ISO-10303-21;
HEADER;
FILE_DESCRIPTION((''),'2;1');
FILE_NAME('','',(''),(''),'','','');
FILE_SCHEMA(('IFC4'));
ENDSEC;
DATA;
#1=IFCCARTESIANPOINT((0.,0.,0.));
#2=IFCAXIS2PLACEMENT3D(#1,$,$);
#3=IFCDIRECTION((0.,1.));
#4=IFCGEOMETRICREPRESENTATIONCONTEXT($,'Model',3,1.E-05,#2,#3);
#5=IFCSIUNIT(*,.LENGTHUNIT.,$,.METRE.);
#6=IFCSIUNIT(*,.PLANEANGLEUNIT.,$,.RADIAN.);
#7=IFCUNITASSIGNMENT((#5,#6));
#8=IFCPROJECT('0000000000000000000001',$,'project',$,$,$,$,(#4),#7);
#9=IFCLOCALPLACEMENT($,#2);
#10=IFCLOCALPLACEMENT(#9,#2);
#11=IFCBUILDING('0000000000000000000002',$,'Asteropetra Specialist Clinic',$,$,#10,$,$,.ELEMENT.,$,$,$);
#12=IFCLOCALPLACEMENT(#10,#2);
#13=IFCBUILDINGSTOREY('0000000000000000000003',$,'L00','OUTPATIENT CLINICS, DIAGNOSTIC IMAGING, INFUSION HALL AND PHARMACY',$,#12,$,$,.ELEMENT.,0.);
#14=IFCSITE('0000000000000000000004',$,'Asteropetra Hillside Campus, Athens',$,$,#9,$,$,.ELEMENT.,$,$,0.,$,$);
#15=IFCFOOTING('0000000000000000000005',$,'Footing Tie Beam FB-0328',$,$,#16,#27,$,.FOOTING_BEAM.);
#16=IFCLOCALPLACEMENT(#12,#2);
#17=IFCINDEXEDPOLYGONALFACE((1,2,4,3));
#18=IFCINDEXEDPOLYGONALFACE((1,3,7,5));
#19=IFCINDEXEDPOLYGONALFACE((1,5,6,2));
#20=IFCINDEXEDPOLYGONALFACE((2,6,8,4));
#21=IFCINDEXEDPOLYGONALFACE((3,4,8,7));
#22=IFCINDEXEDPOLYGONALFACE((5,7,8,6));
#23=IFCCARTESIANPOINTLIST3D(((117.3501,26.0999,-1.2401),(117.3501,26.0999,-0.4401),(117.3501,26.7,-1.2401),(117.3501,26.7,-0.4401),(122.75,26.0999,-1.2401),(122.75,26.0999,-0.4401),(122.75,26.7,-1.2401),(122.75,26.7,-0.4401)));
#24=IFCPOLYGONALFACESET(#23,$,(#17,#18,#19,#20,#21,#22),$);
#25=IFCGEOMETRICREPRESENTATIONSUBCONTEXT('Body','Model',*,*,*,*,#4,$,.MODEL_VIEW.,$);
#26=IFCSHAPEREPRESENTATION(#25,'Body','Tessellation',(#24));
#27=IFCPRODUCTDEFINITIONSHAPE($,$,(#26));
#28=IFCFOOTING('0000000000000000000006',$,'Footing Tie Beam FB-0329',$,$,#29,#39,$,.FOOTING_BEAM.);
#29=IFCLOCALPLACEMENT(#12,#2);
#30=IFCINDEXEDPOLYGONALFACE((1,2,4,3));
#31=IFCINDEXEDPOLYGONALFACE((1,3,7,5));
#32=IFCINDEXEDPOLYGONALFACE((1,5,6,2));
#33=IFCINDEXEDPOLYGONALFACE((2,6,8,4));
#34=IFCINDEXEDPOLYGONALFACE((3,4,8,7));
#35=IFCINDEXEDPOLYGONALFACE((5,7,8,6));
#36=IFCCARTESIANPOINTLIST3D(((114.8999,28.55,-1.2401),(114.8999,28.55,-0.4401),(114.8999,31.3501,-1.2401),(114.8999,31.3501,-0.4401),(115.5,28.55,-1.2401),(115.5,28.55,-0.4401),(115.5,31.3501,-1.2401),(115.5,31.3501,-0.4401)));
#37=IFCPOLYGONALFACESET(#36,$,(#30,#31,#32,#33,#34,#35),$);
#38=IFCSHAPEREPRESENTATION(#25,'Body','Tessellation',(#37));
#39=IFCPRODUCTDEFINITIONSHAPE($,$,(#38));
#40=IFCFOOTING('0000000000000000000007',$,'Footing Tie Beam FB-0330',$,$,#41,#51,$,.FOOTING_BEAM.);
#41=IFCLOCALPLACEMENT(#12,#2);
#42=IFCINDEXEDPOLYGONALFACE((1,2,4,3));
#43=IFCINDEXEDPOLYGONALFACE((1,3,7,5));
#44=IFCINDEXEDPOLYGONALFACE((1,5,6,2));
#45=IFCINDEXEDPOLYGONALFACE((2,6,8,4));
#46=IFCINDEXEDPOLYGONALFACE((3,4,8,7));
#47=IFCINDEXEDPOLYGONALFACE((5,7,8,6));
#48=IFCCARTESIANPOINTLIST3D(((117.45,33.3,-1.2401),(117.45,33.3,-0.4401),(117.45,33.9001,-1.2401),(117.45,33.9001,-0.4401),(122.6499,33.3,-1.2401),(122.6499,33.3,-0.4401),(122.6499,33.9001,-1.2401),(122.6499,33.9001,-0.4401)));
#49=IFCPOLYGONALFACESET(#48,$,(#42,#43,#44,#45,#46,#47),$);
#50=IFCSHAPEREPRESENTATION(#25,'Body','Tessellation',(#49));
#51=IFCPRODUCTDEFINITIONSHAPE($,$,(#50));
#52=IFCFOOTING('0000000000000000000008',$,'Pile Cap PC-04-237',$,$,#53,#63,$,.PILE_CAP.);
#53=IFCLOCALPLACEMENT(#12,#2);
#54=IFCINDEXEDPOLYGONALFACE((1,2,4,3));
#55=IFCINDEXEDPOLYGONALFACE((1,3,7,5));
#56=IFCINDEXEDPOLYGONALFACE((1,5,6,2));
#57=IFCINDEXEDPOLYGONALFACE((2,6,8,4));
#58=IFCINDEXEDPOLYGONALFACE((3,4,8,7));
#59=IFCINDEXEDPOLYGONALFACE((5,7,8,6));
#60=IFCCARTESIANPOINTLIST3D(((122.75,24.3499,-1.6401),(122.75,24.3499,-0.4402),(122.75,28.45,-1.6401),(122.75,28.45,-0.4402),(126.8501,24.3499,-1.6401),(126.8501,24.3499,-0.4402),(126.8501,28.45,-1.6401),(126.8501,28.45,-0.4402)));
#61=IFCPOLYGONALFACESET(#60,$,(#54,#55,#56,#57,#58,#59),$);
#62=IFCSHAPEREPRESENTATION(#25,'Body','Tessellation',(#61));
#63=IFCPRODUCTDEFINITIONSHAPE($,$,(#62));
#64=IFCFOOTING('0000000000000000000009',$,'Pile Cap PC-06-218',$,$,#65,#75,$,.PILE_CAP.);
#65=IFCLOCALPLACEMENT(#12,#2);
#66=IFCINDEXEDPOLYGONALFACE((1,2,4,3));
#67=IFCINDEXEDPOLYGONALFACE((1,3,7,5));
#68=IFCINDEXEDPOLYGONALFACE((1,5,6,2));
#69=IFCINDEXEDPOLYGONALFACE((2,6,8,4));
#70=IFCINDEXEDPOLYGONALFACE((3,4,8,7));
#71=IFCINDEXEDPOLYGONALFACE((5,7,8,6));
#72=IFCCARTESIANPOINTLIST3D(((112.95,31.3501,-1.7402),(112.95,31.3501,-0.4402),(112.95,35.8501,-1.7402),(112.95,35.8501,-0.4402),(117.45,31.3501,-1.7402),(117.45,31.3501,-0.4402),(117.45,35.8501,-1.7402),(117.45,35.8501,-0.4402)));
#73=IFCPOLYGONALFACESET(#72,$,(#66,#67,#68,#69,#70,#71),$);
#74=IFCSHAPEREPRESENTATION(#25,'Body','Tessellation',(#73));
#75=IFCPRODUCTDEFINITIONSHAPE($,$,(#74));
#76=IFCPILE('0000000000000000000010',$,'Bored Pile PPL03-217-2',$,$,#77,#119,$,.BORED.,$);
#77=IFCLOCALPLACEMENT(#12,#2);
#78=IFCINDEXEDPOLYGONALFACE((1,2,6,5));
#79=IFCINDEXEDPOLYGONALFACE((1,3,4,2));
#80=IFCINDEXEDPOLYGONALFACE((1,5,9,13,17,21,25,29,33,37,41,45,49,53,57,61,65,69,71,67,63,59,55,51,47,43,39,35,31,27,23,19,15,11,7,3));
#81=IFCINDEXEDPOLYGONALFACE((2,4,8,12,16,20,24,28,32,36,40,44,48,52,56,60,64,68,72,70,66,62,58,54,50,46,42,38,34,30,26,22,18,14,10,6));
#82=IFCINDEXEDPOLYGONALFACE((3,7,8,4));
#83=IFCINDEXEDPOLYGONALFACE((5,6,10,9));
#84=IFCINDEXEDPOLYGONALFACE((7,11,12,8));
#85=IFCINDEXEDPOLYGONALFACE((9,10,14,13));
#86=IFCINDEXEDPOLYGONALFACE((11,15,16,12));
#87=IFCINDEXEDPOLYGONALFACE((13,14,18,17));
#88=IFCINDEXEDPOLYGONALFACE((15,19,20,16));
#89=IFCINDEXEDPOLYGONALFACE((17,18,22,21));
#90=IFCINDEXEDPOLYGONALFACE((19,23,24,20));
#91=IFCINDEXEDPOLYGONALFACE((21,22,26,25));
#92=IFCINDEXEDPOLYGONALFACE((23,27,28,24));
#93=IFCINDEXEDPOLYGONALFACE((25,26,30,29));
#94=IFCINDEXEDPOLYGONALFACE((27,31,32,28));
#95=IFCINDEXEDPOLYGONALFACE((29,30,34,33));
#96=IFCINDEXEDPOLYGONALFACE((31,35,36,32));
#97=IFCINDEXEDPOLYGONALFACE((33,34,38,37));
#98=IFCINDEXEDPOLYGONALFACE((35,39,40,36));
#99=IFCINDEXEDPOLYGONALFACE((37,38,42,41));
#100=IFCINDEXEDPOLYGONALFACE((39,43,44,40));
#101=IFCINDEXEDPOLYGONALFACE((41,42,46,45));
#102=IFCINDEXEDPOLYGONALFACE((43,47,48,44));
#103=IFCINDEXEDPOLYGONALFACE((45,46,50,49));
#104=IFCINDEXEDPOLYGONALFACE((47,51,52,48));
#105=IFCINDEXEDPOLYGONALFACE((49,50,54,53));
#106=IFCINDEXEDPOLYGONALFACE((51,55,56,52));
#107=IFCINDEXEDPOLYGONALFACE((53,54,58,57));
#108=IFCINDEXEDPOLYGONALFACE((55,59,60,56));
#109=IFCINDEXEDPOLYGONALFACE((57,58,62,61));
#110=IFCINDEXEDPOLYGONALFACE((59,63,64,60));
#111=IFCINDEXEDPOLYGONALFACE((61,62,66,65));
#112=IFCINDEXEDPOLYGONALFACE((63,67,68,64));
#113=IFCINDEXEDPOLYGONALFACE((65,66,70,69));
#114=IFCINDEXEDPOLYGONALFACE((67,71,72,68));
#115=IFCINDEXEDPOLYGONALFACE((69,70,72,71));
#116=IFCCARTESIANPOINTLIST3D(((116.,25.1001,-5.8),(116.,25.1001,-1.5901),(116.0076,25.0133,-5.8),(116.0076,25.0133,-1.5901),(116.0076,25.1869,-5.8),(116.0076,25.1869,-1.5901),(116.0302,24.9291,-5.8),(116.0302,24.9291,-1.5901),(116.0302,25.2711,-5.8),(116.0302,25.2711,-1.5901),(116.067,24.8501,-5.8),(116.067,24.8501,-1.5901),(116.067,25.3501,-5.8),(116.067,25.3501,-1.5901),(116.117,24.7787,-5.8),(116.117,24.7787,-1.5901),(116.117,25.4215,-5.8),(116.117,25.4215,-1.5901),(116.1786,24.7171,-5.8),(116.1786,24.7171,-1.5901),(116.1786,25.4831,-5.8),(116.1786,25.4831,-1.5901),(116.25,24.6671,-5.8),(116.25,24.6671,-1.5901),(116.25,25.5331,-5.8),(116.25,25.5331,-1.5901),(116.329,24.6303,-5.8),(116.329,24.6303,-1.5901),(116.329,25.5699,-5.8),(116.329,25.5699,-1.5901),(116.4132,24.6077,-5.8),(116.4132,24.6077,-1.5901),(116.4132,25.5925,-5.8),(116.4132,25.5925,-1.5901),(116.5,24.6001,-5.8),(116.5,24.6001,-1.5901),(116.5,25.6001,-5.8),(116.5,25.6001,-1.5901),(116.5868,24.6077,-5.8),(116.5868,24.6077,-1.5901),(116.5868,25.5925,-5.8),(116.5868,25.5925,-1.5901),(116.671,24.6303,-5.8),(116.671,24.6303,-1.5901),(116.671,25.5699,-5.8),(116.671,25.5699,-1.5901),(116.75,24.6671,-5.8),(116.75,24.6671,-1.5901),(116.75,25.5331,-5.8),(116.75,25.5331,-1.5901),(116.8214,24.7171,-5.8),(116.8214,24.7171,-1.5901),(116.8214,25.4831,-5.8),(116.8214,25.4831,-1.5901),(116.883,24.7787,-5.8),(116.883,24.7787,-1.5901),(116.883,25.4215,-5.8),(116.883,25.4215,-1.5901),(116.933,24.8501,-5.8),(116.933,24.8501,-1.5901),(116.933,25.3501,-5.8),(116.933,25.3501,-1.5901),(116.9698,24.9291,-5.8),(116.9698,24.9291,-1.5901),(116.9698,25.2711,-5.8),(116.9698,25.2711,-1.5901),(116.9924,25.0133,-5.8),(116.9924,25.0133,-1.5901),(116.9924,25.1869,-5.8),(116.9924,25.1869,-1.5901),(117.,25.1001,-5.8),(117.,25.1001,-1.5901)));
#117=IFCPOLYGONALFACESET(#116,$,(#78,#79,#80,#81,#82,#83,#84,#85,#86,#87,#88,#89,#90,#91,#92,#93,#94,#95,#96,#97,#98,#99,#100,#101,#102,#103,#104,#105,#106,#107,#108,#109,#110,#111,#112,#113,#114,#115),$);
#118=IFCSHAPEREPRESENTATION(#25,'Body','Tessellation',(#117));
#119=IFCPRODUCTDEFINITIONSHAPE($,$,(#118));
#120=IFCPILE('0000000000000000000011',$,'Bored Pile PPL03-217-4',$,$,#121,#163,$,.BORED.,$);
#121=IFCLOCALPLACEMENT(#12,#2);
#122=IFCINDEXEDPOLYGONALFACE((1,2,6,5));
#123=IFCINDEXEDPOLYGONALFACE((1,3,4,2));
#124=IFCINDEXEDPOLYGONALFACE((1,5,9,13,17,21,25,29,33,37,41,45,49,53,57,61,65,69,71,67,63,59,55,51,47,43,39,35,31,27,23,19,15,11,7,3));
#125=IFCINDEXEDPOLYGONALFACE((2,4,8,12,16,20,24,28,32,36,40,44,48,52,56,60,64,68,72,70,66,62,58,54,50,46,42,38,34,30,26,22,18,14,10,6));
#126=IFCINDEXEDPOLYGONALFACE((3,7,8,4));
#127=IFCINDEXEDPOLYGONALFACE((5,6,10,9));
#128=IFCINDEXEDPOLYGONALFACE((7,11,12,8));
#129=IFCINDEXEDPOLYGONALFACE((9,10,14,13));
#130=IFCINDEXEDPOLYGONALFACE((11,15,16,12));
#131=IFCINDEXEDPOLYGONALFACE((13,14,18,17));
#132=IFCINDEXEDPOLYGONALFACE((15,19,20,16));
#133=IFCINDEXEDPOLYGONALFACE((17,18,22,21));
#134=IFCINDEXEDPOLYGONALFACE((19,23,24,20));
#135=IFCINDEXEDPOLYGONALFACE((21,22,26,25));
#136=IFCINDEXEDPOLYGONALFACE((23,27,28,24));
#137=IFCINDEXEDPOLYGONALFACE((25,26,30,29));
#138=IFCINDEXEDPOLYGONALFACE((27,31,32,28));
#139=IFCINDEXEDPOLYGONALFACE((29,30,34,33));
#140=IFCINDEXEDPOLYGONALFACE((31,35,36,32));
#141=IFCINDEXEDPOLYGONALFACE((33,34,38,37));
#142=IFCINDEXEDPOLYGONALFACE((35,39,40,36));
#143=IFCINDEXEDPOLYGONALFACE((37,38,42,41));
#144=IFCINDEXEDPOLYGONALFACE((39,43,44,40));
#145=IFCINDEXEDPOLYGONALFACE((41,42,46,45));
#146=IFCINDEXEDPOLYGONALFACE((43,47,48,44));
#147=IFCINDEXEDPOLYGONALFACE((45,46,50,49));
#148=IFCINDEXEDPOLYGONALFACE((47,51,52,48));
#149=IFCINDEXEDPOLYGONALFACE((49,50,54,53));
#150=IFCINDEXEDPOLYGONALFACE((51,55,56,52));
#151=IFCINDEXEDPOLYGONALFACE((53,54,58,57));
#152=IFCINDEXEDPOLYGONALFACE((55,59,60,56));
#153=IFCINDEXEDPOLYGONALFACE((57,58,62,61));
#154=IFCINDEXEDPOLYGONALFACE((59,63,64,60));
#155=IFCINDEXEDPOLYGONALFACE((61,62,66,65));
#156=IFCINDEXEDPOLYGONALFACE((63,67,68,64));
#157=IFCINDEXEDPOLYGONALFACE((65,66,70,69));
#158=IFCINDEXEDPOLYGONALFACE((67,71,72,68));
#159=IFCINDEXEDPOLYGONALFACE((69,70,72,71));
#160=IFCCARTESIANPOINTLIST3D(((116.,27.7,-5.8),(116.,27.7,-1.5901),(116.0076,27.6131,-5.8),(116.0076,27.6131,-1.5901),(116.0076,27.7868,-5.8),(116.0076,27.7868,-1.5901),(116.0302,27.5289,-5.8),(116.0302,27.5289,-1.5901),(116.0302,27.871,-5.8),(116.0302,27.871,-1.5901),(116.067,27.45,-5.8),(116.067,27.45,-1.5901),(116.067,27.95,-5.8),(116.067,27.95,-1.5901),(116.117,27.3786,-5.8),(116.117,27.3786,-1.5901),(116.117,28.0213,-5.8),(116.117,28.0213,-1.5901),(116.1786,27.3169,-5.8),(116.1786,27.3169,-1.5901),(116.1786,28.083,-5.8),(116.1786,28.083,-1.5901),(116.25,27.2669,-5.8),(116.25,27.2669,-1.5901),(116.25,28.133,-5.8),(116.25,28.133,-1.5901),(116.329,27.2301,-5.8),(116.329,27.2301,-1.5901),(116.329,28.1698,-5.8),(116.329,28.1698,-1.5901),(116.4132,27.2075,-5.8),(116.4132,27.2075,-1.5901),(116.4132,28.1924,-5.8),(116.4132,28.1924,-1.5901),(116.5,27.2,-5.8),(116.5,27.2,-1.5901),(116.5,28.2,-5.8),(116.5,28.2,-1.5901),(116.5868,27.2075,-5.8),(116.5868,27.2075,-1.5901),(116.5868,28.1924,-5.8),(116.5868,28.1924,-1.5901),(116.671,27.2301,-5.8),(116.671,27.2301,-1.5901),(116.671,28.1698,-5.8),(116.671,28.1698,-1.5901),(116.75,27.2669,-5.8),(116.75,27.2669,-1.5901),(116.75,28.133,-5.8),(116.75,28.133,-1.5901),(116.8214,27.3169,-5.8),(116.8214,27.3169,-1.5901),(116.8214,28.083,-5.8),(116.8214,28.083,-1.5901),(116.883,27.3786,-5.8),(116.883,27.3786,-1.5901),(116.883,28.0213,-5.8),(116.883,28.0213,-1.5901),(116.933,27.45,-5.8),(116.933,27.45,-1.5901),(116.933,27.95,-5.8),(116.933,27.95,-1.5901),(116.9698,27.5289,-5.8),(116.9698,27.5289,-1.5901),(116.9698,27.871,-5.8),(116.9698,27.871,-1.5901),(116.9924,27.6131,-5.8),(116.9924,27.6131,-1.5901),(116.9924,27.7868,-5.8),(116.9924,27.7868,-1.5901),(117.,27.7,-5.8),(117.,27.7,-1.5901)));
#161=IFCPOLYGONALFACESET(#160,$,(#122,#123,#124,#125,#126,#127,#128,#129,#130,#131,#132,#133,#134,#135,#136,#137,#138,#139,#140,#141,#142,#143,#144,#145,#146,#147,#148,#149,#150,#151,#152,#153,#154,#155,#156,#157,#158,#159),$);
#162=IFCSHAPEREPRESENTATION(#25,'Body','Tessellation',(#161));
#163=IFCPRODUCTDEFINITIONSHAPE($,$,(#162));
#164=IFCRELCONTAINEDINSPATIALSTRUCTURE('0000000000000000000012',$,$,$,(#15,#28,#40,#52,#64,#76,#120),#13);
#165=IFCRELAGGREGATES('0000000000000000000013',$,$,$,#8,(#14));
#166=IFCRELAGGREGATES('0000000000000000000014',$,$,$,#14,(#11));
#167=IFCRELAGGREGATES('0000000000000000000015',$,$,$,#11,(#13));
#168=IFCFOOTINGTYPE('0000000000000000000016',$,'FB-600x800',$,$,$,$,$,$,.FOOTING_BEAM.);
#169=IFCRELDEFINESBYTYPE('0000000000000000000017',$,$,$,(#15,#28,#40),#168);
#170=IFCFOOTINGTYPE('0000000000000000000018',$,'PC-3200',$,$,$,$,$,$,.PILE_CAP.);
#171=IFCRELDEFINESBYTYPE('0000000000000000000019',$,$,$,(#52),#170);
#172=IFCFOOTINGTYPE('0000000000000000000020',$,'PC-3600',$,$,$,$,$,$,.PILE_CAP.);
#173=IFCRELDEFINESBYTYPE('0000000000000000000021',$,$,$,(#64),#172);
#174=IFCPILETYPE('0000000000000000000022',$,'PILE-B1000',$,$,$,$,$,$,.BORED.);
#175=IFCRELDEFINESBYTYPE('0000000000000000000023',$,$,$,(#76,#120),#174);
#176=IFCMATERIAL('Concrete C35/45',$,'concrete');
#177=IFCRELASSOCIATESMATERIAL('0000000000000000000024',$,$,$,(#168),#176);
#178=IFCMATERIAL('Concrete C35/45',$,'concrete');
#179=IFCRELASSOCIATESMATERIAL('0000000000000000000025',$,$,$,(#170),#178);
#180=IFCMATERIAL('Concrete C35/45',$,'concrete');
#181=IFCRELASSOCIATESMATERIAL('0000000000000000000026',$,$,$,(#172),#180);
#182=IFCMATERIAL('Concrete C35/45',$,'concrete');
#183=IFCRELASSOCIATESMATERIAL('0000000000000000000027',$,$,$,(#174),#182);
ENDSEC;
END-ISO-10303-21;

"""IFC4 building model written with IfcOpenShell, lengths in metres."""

from ifc_helpers import new_model, si_unit, direction, frame, origin, origin_2d, place, context, subcontext, project, spatial, rectangle, circle, extrude, material, material_profile, profile_set, type_object, element, save


model = new_model("IFC4")

# Units and contexts
model_context = context("Model", 3, precision=1e-05, world=origin(), true_north=direction((0.0, 1.0)))
body_context = subcontext(model_context, "Body", "Model", "MODEL_VIEW")
ifc_project = project(units=[si_unit("LENGTHUNIT", "METRE"), si_unit("PLANEANGLEUNIT", "RADIAN")], contexts=[model_context])

# Site, building, storey
site_placement = place(None, origin())
site = spatial("IfcSite", under=ifc_project, at=site_placement, Name="Asteropetra Hillside Campus, Athens", CompositionType="ELEMENT", RefElevation=0.0)
building_placement = place(site_placement, origin())
building = spatial("IfcBuilding", under=site, at=building_placement, Name="Asteropetra Specialist Clinic", CompositionType="ELEMENT")
storey_placement = place(building_placement, origin())
storey = spatial("IfcBuildingStorey", under=building, at=storey_placement, Name="L00", Description="OUTPATIENT CLINICS, DIAGNOSTIC IMAGING, INFUSION HALL AND PHARMACY", CompositionType="ELEMENT", Elevation=0.0)

# Footings
ifc_material_1 = material(Name="Concrete C35/45", Category="concrete")
ifc_material_profile_1 = material_profile(ifc_material_1, rectangle(XDim=0.6001, YDim=0.8, at=origin_2d()), Name="FB 600x800")
ifc_profile_set_1 = profile_set([ifc_material_profile_1], Name="Concrete C35/45")
footing_type_1 = type_object("IfcFootingType", Name="FB-600x800", PredefinedType="FOOTING_BEAM", material=ifc_profile_set_1)
footing_1_placement = place(storey_placement, frame((117.3501, 26.3999, -0.8401), z_axis=(1.0, 0.0, 0.0), x_axis=(0.0, 1.0, 0.0)))
element("IfcFooting", 1, at=footing_1_placement, inside=storey, type_object=footing_type_1, Name="Footing Tie Beam FB-0328", PredefinedType="FOOTING_BEAM", context=body_context, shape_type="SweptSolid", body=[
    extrude(rectangle(XDim=0.6001, YDim=0.8, at=origin_2d()), origin(), (0.0, 0.0, 1.0), 5.3999),
])
footing_2_placement = place(storey_placement, frame((115.2, 28.55, -0.8401), z_axis=(0.0, 1.0, 0.0), x_axis=(-1.0, 0.0, 0.0)))
element("IfcFooting", 2, at=footing_2_placement, inside=storey, type_object=footing_type_1, Name="Footing Tie Beam FB-0329", PredefinedType="FOOTING_BEAM", context=body_context, shape_type="SweptSolid", body=[
    extrude(rectangle(XDim=0.6001, YDim=0.8, at=origin_2d()), origin(), (0.0, 0.0, 1.0), 2.8),
])
footing_3_placement = place(storey_placement, frame((117.45, 33.6001, -0.8401), z_axis=(1.0, 0.0, 0.0), x_axis=(0.0, 1.0, 0.0)))
element("IfcFooting", 3, at=footing_3_placement, inside=storey, type_object=footing_type_1, Name="Footing Tie Beam FB-0330", PredefinedType="FOOTING_BEAM", context=body_context, shape_type="SweptSolid", body=[
    extrude(rectangle(XDim=0.6001, YDim=0.8, at=origin_2d()), origin(), (0.0, 0.0, 1.0), 5.2),
])
ifc_material_2 = material(Name="Concrete C35/45", Category="concrete")
footing_type_2 = type_object("IfcFootingType", Name="PC-3200", PredefinedType="PILE_CAP", material=ifc_material_2)
footing_4_placement = place(storey_placement, frame((124.8, 26.3999, -1.6401), z_axis=(0.0, 0.0, 1.0), x_axis=(1.0, 0.0, 0.0)))
element("IfcFooting", 4, at=footing_4_placement, inside=storey, type_object=footing_type_2, Name="Pile Cap PC-04-237", PredefinedType="PILE_CAP", context=body_context, shape_type="SweptSolid", body=[
    extrude(rectangle(XDim=4.1001, YDim=4.1001, at=origin_2d()), origin(), (0.0, 0.0, 1.0), 1.2),
])
ifc_material_3 = material(Name="Concrete C35/45", Category="concrete")
footing_type_3 = type_object("IfcFootingType", Name="PC-3600", PredefinedType="PILE_CAP", material=ifc_material_3)
footing_5_placement = place(storey_placement, frame((115.2, 33.6001, -1.7402), z_axis=(0.0, 0.0, 1.0), x_axis=(1.0, 0.0, 0.0)))
element("IfcFooting", 5, at=footing_5_placement, inside=storey, type_object=footing_type_3, Name="Pile Cap PC-06-218", PredefinedType="PILE_CAP", context=body_context, shape_type="SweptSolid", body=[
    extrude(rectangle(XDim=4.5, YDim=4.5, at=origin_2d()), origin(), (0.0, 0.0, 1.0), 1.3),
])

# Piles
ifc_material_4 = material(Name="Concrete C35/45", Category="concrete")
ifc_material_profile_2 = material_profile(ifc_material_4, circle(Radius=0.5, at=origin_2d()), Name="PILE D1000")
ifc_profile_set_2 = profile_set([ifc_material_profile_2], Name="Concrete C35/45")
pile_type_1 = type_object("IfcPileType", Name="PILE-B1000", PredefinedType="BORED", material=ifc_profile_set_2)
for number, where, z_axis, x_axis, name in (
    (6, (116.5, 25.1001, -1.5901), (0.0, 0.0, -1.0), (1.0, 0.0, 0.0), "Bored Pile PPL03-217-2"),
    (7, (116.5, 27.7, -1.5901), (0.0, 0.0, -1.0), (1.0, 0.0, 0.0), "Bored Pile PPL03-217-4"),
):
    element("IfcPile", number, at=place(storey_placement, frame(where, z_axis=z_axis, x_axis=x_axis)), inside=storey, type_object=pile_type_1, Name=name, PredefinedType="BORED", context=body_context, shape_type="SweptSolid", body=[
        extrude(circle(Radius=0.5, at=origin_2d()), origin(), (0.0, 0.0, 1.0), 4.21),
    ])

save(model, "model.ifc")
